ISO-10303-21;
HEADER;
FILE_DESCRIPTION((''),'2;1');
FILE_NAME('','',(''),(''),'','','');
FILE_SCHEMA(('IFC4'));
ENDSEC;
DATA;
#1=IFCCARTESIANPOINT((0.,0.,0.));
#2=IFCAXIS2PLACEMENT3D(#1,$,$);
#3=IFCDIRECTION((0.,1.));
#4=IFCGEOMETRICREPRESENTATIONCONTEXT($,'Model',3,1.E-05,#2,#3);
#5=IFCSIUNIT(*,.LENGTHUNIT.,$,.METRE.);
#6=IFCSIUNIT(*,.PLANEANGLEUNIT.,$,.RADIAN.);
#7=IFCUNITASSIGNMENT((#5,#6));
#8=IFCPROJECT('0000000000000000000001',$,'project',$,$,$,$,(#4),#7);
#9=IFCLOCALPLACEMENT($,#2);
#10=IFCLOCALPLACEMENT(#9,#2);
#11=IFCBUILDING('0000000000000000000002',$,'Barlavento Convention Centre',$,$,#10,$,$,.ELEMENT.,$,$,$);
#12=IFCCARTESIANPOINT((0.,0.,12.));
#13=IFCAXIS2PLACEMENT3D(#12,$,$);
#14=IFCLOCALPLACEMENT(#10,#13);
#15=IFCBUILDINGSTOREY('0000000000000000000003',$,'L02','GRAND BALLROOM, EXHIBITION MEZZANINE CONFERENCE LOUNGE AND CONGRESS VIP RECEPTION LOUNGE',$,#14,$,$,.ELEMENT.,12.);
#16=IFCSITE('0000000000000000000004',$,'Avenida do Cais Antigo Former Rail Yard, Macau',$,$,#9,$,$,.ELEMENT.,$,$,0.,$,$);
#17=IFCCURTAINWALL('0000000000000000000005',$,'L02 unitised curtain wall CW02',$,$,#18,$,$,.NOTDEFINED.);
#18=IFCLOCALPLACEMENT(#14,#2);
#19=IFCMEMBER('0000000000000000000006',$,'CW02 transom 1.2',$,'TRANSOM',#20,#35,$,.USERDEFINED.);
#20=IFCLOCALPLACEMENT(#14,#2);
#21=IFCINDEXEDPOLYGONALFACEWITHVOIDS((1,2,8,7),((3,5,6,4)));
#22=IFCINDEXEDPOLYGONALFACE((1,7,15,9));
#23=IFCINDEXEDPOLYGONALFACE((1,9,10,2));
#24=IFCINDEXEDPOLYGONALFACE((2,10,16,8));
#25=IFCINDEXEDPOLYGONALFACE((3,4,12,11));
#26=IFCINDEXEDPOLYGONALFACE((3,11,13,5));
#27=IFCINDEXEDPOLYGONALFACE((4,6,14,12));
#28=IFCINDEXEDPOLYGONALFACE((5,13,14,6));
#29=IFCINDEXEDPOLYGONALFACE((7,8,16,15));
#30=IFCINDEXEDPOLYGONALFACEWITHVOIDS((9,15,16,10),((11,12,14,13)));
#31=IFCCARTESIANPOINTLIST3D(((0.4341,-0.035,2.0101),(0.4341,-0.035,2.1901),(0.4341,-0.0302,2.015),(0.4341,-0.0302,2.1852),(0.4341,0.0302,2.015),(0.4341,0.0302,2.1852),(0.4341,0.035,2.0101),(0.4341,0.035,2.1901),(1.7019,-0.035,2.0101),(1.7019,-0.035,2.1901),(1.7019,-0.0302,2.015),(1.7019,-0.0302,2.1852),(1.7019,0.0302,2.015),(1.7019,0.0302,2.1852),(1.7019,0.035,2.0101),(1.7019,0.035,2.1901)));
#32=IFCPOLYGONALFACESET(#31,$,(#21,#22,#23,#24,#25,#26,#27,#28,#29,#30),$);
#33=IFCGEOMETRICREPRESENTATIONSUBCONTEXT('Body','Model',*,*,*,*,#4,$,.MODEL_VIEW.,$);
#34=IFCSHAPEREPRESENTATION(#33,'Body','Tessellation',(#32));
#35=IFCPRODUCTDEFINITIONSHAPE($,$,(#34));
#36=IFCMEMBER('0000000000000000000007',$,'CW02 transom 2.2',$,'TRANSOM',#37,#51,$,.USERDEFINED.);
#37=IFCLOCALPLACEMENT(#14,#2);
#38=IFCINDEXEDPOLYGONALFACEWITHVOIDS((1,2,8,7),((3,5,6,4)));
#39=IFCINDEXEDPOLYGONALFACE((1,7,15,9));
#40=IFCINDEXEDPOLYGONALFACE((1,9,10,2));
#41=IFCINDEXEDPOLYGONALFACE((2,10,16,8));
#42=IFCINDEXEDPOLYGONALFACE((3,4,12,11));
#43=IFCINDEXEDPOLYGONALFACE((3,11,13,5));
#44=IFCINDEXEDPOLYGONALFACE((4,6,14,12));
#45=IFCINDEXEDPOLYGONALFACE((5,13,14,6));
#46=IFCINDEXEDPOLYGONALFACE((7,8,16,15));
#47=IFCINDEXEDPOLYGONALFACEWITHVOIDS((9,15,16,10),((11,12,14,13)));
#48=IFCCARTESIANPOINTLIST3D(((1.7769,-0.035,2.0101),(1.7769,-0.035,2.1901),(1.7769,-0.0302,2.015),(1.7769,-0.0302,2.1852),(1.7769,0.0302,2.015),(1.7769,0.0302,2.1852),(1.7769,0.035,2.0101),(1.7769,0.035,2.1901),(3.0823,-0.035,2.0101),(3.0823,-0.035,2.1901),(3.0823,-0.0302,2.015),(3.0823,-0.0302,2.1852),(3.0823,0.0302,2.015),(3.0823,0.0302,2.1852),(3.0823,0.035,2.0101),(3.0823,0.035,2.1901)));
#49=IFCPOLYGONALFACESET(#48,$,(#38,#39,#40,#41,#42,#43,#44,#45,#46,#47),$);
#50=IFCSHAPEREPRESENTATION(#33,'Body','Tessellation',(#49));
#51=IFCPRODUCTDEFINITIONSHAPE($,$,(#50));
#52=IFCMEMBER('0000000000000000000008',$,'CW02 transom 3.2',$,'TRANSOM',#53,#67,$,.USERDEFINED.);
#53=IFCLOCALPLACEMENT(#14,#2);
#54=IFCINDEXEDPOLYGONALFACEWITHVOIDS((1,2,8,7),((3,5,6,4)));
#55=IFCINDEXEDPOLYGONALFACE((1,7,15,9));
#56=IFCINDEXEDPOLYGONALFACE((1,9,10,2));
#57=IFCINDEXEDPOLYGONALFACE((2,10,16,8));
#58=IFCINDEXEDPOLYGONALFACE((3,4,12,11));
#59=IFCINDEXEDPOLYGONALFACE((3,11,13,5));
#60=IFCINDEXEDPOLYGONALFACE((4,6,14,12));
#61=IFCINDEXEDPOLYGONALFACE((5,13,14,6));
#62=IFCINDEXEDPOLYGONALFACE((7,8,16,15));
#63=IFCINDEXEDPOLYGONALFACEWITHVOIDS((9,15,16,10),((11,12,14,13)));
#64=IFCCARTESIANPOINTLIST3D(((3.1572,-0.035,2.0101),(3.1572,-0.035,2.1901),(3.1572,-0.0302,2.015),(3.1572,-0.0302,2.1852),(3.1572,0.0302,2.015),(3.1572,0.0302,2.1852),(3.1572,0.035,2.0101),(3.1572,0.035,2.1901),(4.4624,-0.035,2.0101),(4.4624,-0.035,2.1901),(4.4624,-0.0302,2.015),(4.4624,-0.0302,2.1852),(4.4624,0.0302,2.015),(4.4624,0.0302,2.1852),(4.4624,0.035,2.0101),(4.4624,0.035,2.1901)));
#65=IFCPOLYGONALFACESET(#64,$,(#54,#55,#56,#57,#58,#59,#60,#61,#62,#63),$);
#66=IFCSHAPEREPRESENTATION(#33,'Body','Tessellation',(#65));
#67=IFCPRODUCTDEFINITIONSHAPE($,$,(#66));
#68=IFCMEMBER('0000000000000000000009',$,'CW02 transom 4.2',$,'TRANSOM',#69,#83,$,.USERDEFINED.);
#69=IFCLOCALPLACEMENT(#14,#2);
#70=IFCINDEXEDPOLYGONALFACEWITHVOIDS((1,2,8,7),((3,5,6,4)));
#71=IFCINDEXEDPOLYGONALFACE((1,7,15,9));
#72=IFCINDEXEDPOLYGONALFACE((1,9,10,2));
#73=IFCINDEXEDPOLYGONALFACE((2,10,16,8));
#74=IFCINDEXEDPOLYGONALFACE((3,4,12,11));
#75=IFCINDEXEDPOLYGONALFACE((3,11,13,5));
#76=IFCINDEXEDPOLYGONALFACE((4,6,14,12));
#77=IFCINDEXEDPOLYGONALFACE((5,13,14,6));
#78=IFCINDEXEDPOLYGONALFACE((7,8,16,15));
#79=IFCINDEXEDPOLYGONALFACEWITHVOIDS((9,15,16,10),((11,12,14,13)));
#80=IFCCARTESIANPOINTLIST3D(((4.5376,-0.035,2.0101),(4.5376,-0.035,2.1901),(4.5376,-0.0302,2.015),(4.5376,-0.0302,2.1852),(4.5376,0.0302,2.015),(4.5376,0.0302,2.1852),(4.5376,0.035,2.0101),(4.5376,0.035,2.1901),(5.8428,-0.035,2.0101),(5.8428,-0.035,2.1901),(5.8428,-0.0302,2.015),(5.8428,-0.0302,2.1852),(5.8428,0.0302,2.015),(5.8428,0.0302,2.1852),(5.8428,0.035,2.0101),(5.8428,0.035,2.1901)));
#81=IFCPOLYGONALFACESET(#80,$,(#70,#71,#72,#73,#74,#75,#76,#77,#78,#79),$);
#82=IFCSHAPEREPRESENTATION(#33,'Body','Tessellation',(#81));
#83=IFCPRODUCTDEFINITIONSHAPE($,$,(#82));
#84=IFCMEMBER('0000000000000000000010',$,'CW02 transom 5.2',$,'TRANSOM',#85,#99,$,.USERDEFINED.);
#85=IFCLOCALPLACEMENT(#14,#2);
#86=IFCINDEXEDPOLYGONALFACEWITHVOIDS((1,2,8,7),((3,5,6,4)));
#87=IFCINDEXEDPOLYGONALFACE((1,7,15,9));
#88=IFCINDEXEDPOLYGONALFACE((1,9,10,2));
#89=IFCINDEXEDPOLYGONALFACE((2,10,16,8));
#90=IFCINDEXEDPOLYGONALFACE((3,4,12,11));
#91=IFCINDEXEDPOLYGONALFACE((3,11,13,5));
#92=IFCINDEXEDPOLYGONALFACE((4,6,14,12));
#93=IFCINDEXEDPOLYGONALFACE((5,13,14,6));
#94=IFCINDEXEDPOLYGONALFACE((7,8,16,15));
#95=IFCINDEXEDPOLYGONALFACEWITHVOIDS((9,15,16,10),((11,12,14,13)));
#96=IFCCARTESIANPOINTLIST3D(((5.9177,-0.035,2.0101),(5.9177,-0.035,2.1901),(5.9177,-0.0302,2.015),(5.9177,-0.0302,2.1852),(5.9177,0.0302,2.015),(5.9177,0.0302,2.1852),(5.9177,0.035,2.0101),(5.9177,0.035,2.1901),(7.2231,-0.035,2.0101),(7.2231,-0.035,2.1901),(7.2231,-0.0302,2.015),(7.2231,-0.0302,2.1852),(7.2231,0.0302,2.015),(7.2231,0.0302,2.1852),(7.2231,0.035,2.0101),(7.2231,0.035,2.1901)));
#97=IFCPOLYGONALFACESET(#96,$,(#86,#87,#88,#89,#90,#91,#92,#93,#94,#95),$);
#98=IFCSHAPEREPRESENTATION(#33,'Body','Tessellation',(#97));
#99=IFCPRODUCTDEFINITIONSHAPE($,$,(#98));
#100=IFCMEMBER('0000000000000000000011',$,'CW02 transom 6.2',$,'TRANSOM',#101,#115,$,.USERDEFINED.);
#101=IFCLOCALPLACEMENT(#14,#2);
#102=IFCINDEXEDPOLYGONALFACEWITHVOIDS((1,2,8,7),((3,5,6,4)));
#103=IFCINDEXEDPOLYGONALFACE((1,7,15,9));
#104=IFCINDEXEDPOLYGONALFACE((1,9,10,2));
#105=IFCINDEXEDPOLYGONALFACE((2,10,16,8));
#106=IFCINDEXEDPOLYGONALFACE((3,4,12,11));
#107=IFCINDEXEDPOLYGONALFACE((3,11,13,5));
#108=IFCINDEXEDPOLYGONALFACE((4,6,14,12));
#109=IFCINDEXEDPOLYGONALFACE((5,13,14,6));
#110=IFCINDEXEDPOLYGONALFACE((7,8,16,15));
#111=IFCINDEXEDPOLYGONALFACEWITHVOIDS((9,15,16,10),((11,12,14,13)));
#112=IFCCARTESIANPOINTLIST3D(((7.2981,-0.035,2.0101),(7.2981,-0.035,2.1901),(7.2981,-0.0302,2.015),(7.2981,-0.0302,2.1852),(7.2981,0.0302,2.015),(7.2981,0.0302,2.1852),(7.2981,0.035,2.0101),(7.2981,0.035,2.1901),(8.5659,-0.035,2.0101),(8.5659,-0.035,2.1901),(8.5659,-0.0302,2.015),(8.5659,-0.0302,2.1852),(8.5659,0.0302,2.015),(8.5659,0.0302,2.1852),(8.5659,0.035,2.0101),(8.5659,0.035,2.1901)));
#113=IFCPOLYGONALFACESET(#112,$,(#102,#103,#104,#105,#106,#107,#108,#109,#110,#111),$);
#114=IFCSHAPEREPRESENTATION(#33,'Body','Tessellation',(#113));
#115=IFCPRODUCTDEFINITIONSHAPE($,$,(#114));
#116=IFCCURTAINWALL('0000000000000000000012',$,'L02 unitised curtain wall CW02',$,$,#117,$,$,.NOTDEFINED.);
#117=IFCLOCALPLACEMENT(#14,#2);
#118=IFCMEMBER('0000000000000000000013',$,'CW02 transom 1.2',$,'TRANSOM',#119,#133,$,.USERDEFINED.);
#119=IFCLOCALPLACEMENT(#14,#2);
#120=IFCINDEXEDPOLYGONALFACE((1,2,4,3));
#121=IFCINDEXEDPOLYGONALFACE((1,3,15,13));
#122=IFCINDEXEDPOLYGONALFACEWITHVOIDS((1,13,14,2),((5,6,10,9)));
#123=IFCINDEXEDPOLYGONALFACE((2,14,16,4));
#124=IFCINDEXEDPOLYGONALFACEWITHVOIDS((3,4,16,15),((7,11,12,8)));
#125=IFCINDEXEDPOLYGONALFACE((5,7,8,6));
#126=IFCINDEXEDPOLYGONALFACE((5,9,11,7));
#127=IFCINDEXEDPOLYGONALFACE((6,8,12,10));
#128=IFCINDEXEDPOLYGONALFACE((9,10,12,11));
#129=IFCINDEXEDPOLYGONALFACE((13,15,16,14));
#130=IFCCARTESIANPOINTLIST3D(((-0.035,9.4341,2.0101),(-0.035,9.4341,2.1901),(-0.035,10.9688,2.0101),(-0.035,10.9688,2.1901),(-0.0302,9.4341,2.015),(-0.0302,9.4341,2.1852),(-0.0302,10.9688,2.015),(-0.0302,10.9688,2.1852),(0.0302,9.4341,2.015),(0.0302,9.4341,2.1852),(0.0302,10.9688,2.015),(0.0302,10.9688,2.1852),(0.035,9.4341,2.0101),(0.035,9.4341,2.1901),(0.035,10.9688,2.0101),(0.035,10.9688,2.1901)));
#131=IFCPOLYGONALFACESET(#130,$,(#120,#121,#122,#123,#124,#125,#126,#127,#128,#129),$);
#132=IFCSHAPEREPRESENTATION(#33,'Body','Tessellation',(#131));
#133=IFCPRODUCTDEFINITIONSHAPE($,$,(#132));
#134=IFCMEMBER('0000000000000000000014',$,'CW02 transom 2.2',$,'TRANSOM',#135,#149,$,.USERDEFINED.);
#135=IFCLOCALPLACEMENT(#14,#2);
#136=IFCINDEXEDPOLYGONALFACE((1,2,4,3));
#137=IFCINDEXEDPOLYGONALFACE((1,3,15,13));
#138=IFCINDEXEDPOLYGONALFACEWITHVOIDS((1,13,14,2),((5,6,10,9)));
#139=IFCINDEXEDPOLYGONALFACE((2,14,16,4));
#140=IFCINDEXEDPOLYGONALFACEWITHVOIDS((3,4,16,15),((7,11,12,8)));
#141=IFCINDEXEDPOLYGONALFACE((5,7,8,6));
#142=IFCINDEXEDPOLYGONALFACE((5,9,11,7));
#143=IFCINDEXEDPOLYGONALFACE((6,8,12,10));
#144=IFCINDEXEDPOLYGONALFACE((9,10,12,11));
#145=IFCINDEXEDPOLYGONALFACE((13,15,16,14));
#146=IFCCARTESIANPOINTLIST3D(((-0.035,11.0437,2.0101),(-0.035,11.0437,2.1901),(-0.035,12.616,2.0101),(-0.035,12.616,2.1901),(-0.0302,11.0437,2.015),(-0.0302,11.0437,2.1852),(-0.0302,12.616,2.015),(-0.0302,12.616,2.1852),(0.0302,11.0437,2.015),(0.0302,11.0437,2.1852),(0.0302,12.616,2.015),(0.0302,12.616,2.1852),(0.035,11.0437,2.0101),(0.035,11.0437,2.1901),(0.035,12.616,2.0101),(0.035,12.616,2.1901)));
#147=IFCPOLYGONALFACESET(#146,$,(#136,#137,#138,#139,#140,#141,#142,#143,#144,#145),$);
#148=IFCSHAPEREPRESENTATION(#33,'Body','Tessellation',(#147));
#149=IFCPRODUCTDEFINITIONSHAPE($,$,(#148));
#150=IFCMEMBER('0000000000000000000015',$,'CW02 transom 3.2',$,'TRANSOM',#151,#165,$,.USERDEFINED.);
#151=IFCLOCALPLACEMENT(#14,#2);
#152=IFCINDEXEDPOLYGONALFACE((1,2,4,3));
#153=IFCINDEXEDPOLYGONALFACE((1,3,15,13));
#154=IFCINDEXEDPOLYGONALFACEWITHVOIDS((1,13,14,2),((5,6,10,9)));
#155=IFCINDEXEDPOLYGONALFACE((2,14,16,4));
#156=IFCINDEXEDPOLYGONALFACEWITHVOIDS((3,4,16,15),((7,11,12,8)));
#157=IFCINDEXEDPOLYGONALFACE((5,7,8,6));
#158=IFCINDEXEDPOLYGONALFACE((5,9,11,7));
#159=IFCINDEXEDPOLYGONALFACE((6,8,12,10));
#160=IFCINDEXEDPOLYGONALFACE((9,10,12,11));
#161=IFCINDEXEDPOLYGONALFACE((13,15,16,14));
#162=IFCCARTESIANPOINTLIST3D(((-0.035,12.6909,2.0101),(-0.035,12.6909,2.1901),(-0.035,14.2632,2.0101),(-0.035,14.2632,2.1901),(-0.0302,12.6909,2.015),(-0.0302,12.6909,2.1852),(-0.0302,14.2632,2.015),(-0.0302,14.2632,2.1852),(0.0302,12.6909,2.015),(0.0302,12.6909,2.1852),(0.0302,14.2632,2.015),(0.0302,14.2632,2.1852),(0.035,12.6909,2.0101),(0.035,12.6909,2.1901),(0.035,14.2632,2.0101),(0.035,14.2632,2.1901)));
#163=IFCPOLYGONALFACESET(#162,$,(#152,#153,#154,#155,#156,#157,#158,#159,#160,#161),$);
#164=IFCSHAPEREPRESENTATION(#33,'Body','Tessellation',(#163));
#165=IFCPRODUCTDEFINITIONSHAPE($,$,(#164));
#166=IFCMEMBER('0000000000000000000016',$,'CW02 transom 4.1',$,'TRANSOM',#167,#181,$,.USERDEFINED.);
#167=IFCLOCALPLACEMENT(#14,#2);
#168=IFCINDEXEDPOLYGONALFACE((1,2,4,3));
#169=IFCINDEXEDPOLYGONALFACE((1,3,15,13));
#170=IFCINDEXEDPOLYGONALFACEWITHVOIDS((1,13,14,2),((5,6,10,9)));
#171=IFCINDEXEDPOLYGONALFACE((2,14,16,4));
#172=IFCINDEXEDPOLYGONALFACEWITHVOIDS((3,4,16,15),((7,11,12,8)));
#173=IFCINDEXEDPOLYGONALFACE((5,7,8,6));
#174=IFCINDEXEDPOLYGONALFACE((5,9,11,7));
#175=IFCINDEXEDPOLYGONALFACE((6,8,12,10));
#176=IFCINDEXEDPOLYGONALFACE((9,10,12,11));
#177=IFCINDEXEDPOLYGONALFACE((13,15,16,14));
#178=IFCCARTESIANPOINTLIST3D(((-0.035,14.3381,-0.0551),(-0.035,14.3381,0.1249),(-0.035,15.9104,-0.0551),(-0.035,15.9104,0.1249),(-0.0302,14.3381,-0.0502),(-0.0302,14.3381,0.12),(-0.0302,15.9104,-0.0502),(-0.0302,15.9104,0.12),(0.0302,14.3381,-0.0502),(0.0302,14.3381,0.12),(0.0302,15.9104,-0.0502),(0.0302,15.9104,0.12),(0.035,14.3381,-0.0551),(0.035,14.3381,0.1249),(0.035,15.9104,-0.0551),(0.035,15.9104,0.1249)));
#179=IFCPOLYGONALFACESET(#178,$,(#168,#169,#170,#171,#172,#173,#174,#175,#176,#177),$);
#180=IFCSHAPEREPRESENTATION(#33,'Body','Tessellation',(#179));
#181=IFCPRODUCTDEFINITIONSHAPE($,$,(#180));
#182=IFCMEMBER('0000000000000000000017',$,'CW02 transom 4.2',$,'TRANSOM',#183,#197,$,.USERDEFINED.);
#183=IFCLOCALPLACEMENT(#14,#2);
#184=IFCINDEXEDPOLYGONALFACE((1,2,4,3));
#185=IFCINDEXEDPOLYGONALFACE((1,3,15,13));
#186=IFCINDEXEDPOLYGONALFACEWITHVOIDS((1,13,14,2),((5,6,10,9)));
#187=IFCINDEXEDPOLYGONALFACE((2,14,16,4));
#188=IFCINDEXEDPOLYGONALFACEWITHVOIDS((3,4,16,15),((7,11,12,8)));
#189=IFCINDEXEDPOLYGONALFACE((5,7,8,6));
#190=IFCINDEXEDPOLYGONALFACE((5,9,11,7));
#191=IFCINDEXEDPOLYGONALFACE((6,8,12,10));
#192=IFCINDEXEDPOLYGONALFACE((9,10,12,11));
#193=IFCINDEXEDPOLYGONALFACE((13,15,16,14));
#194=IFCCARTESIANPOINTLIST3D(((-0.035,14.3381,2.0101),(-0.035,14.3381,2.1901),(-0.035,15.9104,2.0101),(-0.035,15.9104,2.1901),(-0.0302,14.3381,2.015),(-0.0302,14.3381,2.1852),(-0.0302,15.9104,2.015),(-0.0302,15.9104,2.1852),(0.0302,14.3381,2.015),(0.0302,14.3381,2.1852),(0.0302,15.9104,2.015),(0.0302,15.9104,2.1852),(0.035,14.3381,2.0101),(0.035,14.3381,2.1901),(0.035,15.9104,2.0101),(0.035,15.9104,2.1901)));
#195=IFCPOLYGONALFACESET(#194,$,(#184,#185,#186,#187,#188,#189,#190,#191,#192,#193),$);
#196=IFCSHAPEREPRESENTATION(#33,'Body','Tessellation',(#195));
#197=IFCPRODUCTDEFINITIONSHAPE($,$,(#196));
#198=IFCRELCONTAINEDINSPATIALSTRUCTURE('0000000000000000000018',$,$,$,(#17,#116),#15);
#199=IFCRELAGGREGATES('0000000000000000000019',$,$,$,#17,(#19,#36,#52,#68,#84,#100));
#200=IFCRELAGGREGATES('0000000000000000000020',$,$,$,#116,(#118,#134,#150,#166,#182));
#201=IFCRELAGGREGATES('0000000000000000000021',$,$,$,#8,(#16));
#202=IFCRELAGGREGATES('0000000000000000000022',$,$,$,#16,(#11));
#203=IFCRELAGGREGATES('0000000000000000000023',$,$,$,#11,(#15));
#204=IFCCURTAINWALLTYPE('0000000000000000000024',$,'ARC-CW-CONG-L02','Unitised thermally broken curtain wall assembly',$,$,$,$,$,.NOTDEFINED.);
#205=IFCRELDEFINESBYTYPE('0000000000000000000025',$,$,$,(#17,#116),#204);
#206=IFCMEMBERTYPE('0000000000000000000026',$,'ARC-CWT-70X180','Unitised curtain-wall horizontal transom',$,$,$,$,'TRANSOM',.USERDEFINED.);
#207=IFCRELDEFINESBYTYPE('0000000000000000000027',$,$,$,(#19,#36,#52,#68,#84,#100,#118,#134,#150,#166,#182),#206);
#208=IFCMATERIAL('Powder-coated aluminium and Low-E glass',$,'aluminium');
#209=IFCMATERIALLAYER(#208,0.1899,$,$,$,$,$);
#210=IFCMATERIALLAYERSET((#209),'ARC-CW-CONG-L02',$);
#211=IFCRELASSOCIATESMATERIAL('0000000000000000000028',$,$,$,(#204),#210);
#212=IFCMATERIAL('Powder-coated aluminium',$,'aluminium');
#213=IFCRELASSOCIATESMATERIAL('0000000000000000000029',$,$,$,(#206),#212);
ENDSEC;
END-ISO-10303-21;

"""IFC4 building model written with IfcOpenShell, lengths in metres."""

from ifc_helpers import new_model, si_unit, direction, frame, origin, origin_2d, place, context, subcontext, project, spatial, hollow_rectangle, extrude, material, layer, layer_set, material_profile, profile_set, type_object, element, aggregate, save


model = new_model("IFC4")

# Units and contexts
model_context = context("Model", 3, precision=1e-05, world=origin(), true_north=direction((0.0, 1.0)))
body_context = subcontext(model_context, "Body", "Model", "MODEL_VIEW")
ifc_project = project(units=[si_unit("LENGTHUNIT", "METRE"), si_unit("PLANEANGLEUNIT", "RADIAN")], contexts=[model_context])

# Site, building, storey
site_placement = place(None, origin())
site = spatial("IfcSite", under=ifc_project, at=site_placement, Name="Avenida do Cais Antigo Former Rail Yard, Macau", CompositionType="ELEMENT", RefElevation=0.0)
building_placement = place(site_placement, origin())
building = spatial("IfcBuilding", under=site, at=building_placement, Name="Barlavento Convention Centre", CompositionType="ELEMENT")
storey_placement = place(building_placement, frame((0.0, 0.0, 12.0)))
storey = spatial("IfcBuildingStorey", under=building, at=storey_placement, Name="L02", Description="GRAND BALLROOM, EXHIBITION MEZZANINE CONFERENCE LOUNGE AND CONGRESS VIP RECEPTION LOUNGE", CompositionType="ELEMENT", Elevation=12.0)

# Curtain walls, members
ifc_material_1 = material(Name="Powder-coated aluminium and Low-E glass", Category="aluminium")
ifc_layer_1 = layer(ifc_material_1, 0.1899)
ifc_layer_set_1 = layer_set([ifc_layer_1], Name="ARC-CW-CONG-L02")
curtain_wall_type = type_object("IfcCurtainWallType", Name="ARC-CW-CONG-L02", Description="Unitised thermally broken curtain wall assembly", PredefinedType="NOTDEFINED", material=ifc_layer_set_1)
curtain_wall_1_placement = place(storey_placement, origin())
curtain_wall_1 = element("IfcCurtainWall", 1, at=curtain_wall_1_placement, inside=storey, type_object=curtain_wall_type, Name="L02 unitised curtain wall CW02", PredefinedType="NOTDEFINED")
ifc_material_2 = material(Name="Powder-coated aluminium", Category="aluminium")
ifc_material_profile = material_profile(ifc_material_2, hollow_rectangle(XDim=0.0701, YDim=0.1799, WallThickness=0.0049, at=origin_2d()), Name="AL-TRAN 70x180x5")
ifc_profile_set = profile_set([ifc_material_profile], Name="Powder-coated aluminium")
member_type = type_object("IfcMemberType", Name="ARC-CWT-70X180", Description="Unitised curtain-wall horizontal transom", ElementType="TRANSOM", PredefinedType="USERDEFINED", material=ifc_profile_set)
member_1_placement = place(storey_placement, frame((0.4341, 0.0, 2.1001), z_axis=(1.0, 0.0, 0.0), x_axis=(0.0, 1.0, 0.0)))
member_1 = element("IfcMember", 2, at=member_1_placement, type_object=member_type, Name="CW02 transom 1.2", ObjectType="TRANSOM", PredefinedType="USERDEFINED", context=body_context, shape_type="SweptSolid", body=[
    extrude(hollow_rectangle(XDim=0.0701, YDim=0.1799, WallThickness=0.0049, at=origin_2d()), origin(), (0.0, 0.0, 1.0), 1.2678),
])
member_2_placement = place(storey_placement, frame((1.7769, 0.0, 2.1001), z_axis=(1.0, 0.0, 0.0), x_axis=(0.0, 1.0, 0.0)))
member_2 = element("IfcMember", 3, at=member_2_placement, type_object=member_type, Name="CW02 transom 2.2", ObjectType="TRANSOM", PredefinedType="USERDEFINED", context=body_context, shape_type="SweptSolid", body=[
    extrude(hollow_rectangle(XDim=0.0701, YDim=0.1799, WallThickness=0.0049, at=origin_2d()), origin(), (0.0, 0.0, 1.0), 1.3054),
])
member_3_placement = place(storey_placement, frame((3.1572, 0.0, 2.1001), z_axis=(1.0, 0.0, 0.0), x_axis=(0.0, 1.0, 0.0)))
member_3 = element("IfcMember", 4, at=member_3_placement, type_object=member_type, Name="CW02 transom 3.2", ObjectType="TRANSOM", PredefinedType="USERDEFINED", context=body_context, shape_type="SweptSolid", body=[
    extrude(hollow_rectangle(XDim=0.0701, YDim=0.1799, WallThickness=0.0049, at=origin_2d()), origin(), (0.0, 0.0, 1.0), 1.3052),
])
member_4_placement = place(storey_placement, frame((4.5376, 0.0, 2.1001), z_axis=(1.0, 0.0, 0.0), x_axis=(0.0, 1.0, 0.0)))
member_4 = element("IfcMember", 5, at=member_4_placement, type_object=member_type, Name="CW02 transom 4.2", ObjectType="TRANSOM", PredefinedType="USERDEFINED", context=body_context, shape_type="SweptSolid", body=[
    extrude(hollow_rectangle(XDim=0.0701, YDim=0.1799, WallThickness=0.0049, at=origin_2d()), origin(), (0.0, 0.0, 1.0), 1.3052),
])
member_5_placement = place(storey_placement, frame((5.9177, 0.0, 2.1001), z_axis=(1.0, 0.0, 0.0), x_axis=(0.0, 1.0, 0.0)))
member_5 = element("IfcMember", 6, at=member_5_placement, type_object=member_type, Name="CW02 transom 5.2", ObjectType="TRANSOM", PredefinedType="USERDEFINED", context=body_context, shape_type="SweptSolid", body=[
    extrude(hollow_rectangle(XDim=0.0701, YDim=0.1799, WallThickness=0.0049, at=origin_2d()), origin(), (0.0, 0.0, 1.0), 1.3054),
])
member_6_placement = place(storey_placement, frame((7.2981, 0.0, 2.1001), z_axis=(1.0, 0.0, 0.0), x_axis=(0.0, 1.0, 0.0)))
member_6 = element("IfcMember", 7, at=member_6_placement, type_object=member_type, Name="CW02 transom 6.2", ObjectType="TRANSOM", PredefinedType="USERDEFINED", context=body_context, shape_type="SweptSolid", body=[
    extrude(hollow_rectangle(XDim=0.0701, YDim=0.1799, WallThickness=0.0049, at=origin_2d()), origin(), (0.0, 0.0, 1.0), 1.2678),
])
curtain_wall_2_placement = place(storey_placement, origin())
curtain_wall_2 = element("IfcCurtainWall", 8, at=curtain_wall_2_placement, inside=storey, type_object=curtain_wall_type, Name="L02 unitised curtain wall CW02", PredefinedType="NOTDEFINED")
member_7_placement = place(storey_placement, frame((0.0, 9.4341, 2.1001), z_axis=(0.0, 1.0, 0.0), x_axis=(-1.0, 0.0, 0.0)))
member_7 = element("IfcMember", 9, at=member_7_placement, type_object=member_type, Name="CW02 transom 1.2", ObjectType="TRANSOM", PredefinedType="USERDEFINED", context=body_context, shape_type="SweptSolid", body=[
    extrude(hollow_rectangle(XDim=0.0701, YDim=0.1799, WallThickness=0.0049, at=origin_2d()), origin(), (0.0, 0.0, 1.0), 1.5347),
])
member_8_placement = place(storey_placement, frame((0.0, 11.0437, 2.1001), z_axis=(0.0, 1.0, 0.0), x_axis=(-1.0, 0.0, 0.0)))
member_8 = element("IfcMember", 10, at=member_8_placement, type_object=member_type, Name="CW02 transom 2.2", ObjectType="TRANSOM", PredefinedType="USERDEFINED", context=body_context, shape_type="SweptSolid", body=[
    extrude(hollow_rectangle(XDim=0.0701, YDim=0.1799, WallThickness=0.0049, at=origin_2d()), origin(), (0.0, 0.0, 1.0), 1.5723),
])
member_9_placement = place(storey_placement, frame((0.0, 12.6909, 2.1001), z_axis=(0.0, 1.0, 0.0), x_axis=(-1.0, 0.0, 0.0)))
member_9 = element("IfcMember", 11, at=member_9_placement, type_object=member_type, Name="CW02 transom 3.2", ObjectType="TRANSOM", PredefinedType="USERDEFINED", context=body_context, shape_type="SweptSolid", body=[
    extrude(hollow_rectangle(XDim=0.0701, YDim=0.1799, WallThickness=0.0049, at=origin_2d()), origin(), (0.0, 0.0, 1.0), 1.5723),
])
member_10_placement = place(storey_placement, frame((0.0, 14.3381, 0.0349), z_axis=(0.0, 1.0, 0.0), x_axis=(-1.0, 0.0, 0.0)))
member_10 = element("IfcMember", 12, at=member_10_placement, type_object=member_type, Name="CW02 transom 4.1", ObjectType="TRANSOM", PredefinedType="USERDEFINED", context=body_context, shape_type="SweptSolid", body=[
    extrude(hollow_rectangle(XDim=0.0701, YDim=0.1799, WallThickness=0.0049, at=origin_2d()), origin(), (0.0, 0.0, 1.0), 1.5723),
])
member_11_placement = place(storey_placement, frame((0.0, 14.3381, 2.1001), z_axis=(0.0, 1.0, 0.0), x_axis=(-1.0, 0.0, 0.0)))
member_11 = element("IfcMember", 13, at=member_11_placement, type_object=member_type, Name="CW02 transom 4.2", ObjectType="TRANSOM", PredefinedType="USERDEFINED", context=body_context, shape_type="SweptSolid", body=[
    extrude(hollow_rectangle(XDim=0.0701, YDim=0.1799, WallThickness=0.0049, at=origin_2d()), origin(), (0.0, 0.0, 1.0), 1.5723),
])

aggregate(curtain_wall_1, [member_1, member_2, member_3, member_4, member_5, member_6])
aggregate(curtain_wall_2, [member_7, member_8, member_9, member_10, member_11])

save(model, "model.ifc")
